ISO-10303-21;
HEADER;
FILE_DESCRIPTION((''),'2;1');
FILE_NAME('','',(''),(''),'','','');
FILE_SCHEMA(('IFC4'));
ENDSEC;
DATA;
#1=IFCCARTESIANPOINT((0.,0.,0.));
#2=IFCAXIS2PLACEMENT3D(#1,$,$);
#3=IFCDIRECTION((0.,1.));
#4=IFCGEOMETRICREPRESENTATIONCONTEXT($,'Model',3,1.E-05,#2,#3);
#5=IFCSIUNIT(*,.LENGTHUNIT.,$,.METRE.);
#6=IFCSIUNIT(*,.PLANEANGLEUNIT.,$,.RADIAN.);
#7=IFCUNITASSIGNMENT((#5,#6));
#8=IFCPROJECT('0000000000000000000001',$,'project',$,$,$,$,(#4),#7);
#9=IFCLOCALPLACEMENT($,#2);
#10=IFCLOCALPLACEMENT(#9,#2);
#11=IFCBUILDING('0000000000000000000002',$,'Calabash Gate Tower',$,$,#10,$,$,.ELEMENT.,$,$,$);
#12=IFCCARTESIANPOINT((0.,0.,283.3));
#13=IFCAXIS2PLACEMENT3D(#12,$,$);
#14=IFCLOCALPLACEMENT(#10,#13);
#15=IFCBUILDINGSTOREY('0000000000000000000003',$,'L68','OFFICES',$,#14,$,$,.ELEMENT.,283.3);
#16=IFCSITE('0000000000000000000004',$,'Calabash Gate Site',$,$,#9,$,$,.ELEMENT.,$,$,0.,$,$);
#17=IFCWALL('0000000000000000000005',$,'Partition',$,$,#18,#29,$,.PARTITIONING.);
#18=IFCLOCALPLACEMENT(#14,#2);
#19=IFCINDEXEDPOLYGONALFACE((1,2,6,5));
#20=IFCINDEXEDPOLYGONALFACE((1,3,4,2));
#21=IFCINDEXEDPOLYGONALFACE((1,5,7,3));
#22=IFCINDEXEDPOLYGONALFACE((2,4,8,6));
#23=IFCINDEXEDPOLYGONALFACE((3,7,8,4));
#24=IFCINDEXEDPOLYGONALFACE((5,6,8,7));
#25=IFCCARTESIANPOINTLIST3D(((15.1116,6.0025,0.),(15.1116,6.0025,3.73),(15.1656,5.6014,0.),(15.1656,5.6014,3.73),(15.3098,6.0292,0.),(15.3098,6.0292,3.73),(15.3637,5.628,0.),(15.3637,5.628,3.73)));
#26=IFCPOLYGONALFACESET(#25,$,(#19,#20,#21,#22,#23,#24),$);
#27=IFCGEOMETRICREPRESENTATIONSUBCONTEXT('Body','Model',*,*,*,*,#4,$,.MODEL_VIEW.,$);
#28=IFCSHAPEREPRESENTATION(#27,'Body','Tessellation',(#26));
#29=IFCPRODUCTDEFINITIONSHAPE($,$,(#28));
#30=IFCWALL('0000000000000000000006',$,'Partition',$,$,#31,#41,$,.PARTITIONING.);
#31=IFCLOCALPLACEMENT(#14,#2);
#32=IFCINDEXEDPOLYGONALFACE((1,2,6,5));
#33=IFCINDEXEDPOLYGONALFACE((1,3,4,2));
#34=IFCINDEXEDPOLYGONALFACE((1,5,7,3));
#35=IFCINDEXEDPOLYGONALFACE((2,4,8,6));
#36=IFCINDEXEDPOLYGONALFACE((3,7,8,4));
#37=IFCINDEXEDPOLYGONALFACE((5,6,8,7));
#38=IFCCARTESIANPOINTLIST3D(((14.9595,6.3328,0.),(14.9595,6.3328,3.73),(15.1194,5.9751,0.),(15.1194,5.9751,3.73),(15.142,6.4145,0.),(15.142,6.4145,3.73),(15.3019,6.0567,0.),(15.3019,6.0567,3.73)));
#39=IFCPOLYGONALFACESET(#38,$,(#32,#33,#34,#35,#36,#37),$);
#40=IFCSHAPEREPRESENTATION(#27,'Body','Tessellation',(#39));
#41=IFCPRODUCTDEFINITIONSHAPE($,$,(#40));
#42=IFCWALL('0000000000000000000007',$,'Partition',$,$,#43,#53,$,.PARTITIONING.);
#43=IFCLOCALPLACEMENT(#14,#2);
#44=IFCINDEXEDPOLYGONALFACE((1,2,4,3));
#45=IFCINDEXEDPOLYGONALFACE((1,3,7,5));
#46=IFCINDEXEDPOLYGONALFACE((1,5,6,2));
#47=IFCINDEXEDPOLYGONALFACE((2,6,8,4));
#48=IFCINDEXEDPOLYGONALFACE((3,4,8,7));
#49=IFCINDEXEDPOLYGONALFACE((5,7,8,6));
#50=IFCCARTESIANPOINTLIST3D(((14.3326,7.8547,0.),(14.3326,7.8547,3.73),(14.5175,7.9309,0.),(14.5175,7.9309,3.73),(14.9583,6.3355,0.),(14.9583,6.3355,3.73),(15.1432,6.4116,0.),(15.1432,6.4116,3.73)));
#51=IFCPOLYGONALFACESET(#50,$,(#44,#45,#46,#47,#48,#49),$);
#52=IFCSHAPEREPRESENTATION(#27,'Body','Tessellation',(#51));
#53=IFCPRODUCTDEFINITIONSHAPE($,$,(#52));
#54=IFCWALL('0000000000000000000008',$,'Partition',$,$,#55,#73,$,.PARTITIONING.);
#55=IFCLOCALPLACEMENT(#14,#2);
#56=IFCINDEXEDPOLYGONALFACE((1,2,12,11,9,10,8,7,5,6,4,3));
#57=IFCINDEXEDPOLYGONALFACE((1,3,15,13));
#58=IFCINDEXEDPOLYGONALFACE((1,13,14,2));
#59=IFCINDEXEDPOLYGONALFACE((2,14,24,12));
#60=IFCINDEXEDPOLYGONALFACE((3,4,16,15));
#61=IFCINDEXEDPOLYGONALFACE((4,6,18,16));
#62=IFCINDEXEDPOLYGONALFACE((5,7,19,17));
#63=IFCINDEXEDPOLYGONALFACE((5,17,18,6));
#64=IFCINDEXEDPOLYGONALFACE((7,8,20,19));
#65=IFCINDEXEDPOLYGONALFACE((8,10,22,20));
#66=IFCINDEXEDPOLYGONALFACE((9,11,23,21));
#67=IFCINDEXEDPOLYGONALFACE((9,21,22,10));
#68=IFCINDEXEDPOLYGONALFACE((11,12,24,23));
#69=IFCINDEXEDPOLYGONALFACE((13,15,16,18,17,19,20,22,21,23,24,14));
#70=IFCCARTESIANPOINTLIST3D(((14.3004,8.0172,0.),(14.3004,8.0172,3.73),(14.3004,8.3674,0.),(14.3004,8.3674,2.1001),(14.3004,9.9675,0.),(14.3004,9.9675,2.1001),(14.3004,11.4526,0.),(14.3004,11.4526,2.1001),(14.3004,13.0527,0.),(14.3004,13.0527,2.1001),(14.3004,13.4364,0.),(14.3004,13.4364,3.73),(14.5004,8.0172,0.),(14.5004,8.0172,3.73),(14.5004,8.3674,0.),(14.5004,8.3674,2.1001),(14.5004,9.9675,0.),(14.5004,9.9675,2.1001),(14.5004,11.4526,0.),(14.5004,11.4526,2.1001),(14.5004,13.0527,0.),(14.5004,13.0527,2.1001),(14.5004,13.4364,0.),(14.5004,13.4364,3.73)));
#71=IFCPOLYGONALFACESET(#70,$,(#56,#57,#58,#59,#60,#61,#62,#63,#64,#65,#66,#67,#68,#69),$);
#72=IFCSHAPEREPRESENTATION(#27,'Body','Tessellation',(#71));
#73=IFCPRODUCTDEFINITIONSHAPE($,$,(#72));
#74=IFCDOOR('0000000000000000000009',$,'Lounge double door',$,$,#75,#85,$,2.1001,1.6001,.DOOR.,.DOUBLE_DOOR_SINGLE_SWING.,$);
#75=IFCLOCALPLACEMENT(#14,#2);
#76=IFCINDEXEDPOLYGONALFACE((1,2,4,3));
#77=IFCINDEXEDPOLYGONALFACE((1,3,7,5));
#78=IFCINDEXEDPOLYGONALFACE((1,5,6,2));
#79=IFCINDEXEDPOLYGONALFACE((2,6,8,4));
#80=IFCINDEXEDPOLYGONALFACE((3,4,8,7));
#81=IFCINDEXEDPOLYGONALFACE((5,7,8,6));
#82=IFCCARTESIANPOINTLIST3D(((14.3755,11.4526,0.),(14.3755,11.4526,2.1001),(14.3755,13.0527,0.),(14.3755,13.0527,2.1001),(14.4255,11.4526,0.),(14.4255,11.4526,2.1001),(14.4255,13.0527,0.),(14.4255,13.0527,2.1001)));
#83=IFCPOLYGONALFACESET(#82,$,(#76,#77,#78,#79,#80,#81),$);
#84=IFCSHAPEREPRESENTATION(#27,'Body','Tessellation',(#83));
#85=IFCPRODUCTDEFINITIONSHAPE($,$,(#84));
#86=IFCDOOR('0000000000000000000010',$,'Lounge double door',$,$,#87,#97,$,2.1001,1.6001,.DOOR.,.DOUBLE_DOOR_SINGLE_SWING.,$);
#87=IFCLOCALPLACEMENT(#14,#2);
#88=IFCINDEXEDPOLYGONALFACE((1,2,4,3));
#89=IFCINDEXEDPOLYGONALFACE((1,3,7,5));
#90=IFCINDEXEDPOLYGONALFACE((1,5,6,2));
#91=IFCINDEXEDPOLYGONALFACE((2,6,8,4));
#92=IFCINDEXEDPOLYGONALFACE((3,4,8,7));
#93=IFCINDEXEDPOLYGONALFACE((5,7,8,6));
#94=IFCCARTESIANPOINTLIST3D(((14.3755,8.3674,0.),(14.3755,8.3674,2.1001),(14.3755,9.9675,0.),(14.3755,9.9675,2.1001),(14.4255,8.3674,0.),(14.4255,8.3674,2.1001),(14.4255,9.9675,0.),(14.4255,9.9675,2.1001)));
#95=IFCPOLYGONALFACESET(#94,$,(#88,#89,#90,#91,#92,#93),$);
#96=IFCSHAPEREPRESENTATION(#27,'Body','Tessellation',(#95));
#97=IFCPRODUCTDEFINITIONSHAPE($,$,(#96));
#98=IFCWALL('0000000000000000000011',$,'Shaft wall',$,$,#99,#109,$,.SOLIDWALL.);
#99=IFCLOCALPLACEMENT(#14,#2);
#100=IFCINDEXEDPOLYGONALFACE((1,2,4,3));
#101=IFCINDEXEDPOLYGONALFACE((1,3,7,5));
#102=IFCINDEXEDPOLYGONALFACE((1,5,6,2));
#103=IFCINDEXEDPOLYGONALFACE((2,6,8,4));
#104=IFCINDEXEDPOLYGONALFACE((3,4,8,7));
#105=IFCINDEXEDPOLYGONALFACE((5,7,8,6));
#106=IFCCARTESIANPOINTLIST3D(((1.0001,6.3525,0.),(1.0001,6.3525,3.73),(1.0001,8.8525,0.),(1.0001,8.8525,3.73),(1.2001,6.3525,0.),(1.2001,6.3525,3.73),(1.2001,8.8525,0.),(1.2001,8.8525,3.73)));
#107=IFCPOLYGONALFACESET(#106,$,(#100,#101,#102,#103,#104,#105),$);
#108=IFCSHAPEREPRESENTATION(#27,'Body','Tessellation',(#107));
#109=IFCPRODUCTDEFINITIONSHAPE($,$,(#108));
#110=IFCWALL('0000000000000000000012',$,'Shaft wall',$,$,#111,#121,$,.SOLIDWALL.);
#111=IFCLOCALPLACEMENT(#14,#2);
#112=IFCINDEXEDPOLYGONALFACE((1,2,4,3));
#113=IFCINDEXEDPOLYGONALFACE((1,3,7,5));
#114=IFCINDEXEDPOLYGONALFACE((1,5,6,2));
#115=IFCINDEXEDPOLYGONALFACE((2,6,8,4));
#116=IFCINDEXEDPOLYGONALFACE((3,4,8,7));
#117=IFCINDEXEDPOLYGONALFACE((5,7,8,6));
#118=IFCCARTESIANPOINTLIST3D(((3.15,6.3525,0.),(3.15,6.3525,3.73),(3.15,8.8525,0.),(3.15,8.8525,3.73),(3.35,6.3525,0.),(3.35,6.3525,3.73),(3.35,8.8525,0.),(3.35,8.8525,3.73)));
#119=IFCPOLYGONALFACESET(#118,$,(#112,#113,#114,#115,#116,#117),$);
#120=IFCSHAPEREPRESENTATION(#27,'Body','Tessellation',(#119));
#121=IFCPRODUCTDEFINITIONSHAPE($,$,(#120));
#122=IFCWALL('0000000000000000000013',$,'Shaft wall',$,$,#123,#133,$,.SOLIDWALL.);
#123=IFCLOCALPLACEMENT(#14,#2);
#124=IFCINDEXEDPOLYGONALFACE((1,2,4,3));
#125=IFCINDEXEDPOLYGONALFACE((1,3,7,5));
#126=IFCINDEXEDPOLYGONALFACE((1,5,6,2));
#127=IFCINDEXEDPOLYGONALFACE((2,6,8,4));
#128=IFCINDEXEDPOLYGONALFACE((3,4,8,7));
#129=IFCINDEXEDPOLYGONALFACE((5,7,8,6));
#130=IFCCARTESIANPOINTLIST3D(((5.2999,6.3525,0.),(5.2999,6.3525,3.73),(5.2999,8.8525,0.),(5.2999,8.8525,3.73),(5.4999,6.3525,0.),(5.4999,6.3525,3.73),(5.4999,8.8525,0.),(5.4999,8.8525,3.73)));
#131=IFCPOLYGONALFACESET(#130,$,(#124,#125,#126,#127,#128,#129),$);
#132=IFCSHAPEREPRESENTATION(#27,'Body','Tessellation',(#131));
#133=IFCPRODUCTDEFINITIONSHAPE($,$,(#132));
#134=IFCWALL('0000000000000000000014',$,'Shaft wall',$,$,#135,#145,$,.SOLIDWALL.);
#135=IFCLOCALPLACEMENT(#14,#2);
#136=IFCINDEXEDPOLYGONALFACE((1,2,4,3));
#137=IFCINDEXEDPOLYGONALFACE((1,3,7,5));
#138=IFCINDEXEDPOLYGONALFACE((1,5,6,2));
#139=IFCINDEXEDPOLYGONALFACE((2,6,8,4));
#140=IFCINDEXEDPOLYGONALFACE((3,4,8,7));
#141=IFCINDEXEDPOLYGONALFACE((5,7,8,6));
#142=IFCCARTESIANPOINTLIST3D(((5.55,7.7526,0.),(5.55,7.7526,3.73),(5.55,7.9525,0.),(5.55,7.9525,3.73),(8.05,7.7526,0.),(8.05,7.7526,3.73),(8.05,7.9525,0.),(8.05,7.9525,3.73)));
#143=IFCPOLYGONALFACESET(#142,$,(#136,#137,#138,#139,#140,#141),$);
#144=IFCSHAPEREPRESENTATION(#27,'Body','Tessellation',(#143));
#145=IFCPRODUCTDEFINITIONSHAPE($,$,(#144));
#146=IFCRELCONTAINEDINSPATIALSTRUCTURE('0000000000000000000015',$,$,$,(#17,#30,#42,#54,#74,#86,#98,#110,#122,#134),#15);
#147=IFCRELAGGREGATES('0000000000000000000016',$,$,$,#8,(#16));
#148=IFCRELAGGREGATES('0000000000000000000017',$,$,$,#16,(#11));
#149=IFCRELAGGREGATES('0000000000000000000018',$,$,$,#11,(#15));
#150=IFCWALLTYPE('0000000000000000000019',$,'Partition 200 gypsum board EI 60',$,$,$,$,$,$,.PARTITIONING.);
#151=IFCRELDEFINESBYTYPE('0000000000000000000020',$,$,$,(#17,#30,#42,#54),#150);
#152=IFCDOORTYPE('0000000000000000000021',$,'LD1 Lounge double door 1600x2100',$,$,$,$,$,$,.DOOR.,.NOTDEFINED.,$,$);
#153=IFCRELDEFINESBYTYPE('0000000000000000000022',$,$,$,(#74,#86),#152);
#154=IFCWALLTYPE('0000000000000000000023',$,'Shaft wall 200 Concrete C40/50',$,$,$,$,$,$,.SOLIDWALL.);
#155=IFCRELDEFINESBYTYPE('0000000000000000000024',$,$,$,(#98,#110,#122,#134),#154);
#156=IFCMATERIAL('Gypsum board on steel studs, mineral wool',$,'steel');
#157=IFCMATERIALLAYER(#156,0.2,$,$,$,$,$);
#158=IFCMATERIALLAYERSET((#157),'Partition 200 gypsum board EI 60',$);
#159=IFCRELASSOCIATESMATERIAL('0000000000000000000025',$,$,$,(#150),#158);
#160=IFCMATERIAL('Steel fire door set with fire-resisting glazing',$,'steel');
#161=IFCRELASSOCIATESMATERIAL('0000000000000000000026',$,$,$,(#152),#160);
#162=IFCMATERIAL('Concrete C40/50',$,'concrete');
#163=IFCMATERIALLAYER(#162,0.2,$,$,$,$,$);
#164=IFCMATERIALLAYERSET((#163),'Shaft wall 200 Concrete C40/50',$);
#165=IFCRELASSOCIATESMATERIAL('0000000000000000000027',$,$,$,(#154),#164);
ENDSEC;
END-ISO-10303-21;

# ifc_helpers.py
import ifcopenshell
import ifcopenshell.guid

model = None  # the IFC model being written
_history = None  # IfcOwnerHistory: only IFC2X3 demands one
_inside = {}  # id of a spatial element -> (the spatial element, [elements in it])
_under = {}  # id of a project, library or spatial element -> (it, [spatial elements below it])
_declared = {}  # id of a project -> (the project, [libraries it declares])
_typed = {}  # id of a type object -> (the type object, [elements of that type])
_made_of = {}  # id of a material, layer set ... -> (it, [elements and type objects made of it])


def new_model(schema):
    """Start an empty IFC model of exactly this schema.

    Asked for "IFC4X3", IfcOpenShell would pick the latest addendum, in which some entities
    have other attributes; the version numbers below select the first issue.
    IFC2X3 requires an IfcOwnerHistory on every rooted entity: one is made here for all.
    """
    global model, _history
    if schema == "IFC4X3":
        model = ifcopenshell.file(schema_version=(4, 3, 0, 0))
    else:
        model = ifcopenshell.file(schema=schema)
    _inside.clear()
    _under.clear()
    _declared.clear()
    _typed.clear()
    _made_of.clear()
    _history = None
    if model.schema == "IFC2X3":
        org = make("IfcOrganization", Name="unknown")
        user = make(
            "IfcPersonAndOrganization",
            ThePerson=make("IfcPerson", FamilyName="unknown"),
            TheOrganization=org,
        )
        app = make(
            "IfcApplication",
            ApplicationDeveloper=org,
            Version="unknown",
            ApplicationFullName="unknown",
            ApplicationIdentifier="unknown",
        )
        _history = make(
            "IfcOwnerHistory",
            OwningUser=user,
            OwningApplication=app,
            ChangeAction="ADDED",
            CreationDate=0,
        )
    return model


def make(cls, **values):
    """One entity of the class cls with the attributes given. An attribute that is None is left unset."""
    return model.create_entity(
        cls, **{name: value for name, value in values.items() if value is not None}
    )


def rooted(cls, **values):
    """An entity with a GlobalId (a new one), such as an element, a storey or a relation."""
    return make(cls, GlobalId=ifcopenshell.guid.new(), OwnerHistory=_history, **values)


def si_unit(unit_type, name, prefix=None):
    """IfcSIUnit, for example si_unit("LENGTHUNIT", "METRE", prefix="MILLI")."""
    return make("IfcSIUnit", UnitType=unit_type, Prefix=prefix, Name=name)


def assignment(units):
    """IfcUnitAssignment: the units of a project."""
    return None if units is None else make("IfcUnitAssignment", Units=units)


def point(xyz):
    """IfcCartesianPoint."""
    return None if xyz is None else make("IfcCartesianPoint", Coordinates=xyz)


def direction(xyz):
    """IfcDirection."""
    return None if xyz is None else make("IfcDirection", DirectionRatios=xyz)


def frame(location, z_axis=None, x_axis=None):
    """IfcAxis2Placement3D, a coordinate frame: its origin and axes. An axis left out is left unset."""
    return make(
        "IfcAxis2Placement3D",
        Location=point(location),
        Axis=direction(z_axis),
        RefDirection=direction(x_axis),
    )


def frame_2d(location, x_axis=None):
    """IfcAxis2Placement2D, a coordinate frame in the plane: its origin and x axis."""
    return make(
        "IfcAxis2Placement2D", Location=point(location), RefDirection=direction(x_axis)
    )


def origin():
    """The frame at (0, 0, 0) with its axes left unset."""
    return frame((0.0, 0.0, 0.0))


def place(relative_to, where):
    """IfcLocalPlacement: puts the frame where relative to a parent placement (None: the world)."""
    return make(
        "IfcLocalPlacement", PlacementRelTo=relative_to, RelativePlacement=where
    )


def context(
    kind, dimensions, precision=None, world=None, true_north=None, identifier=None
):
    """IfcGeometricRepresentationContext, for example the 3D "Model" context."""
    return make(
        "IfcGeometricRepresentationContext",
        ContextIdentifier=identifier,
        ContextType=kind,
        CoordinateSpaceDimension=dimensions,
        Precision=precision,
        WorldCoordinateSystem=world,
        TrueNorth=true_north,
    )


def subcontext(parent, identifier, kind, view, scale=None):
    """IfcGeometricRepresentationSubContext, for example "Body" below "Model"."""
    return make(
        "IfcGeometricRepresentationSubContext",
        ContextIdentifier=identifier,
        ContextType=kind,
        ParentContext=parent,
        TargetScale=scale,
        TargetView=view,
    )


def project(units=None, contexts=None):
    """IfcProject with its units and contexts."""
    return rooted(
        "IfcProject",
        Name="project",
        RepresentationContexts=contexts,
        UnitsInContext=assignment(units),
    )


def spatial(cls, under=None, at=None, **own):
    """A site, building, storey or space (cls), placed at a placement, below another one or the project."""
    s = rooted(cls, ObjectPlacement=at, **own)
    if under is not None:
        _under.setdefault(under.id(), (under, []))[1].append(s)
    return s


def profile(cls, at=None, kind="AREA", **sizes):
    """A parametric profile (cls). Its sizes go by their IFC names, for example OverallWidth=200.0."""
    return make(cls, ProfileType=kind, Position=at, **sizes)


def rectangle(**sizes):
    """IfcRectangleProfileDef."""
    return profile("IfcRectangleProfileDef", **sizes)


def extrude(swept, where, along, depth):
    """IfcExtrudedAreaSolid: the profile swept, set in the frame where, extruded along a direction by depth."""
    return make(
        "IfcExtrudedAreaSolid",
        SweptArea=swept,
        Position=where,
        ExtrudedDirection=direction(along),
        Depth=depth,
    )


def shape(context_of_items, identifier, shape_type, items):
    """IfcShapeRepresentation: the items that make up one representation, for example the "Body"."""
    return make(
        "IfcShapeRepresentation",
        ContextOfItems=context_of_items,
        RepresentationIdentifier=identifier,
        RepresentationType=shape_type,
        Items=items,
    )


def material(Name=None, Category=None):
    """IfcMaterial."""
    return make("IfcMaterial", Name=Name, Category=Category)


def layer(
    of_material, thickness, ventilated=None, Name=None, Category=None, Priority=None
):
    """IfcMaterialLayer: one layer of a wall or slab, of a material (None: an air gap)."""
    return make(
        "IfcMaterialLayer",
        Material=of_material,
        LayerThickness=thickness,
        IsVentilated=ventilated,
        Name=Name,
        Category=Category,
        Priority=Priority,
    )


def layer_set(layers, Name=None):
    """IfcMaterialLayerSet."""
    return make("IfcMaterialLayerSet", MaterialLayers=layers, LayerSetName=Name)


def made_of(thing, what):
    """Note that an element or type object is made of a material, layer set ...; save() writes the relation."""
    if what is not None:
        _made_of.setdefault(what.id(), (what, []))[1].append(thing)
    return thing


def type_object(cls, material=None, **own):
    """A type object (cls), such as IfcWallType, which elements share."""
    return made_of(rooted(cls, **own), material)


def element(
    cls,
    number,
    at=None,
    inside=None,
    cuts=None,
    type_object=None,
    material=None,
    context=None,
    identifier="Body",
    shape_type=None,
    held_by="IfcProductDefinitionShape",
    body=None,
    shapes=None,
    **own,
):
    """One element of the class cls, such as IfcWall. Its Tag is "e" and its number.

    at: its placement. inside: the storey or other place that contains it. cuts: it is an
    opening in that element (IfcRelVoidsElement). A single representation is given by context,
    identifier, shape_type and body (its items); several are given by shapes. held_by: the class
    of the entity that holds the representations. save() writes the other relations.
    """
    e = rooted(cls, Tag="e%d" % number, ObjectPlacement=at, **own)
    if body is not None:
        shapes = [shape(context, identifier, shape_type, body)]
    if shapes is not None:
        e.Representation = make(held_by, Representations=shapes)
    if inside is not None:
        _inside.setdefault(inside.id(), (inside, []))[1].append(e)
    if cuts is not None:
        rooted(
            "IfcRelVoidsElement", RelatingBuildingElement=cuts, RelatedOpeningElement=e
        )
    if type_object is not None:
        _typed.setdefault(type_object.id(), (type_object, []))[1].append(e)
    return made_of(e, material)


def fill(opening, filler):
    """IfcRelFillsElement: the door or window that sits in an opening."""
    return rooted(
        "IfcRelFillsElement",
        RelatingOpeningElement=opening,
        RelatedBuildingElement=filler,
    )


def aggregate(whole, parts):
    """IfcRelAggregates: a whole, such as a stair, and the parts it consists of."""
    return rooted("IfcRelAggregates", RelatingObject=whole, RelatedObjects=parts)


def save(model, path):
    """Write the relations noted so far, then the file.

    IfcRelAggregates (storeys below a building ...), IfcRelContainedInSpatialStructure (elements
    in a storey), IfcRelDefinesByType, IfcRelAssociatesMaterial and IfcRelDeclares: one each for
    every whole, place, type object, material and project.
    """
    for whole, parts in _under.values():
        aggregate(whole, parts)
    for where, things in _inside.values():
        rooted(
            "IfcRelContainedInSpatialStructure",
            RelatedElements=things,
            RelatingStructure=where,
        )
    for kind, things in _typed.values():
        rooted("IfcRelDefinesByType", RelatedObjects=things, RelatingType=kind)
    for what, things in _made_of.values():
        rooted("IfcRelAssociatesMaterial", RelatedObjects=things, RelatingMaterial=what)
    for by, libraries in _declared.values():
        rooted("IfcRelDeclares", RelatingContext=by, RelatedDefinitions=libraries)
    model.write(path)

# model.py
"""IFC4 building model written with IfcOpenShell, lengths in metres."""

from ifc_helpers import new_model, si_unit, direction, frame, frame_2d, origin, place, context, subcontext, project, spatial, rectangle, extrude, material, layer, layer_set, type_object, element, fill, save


model = new_model("IFC4")

# Units and contexts
model_context = context("Model", 3, precision=1e-05, world=origin(), true_north=direction((0.0, 1.0)))
body_context = subcontext(model_context, "Body", "Model", "MODEL_VIEW")
ifc_project = project(units=[si_unit("LENGTHUNIT", "METRE"), si_unit("PLANEANGLEUNIT", "RADIAN")], contexts=[model_context])

# Site, building, storey
site_placement = place(None, origin())
site = spatial("IfcSite", under=ifc_project, at=site_placement, Name="Calabash Gate Site", CompositionType="ELEMENT", RefElevation=0.0)
building_placement = place(site_placement, origin())
building = spatial("IfcBuilding", under=site, at=building_placement, Name="Calabash Gate Tower", CompositionType="ELEMENT")
storey_placement = place(building_placement, frame((0.0, 0.0, 283.3)))
storey = spatial("IfcBuildingStorey", under=building, at=storey_placement, Name="L68", Description="OFFICES", CompositionType="ELEMENT", Elevation=283.3)

# Walls
ifc_material_1 = material(Name="Gypsum board on steel studs, mineral wool", Category="steel")
ifc_layer_1 = layer(ifc_material_1, 0.2)
ifc_layer_set_1 = layer_set([ifc_layer_1], Name="Partition 200 gypsum board EI 60")
wall_type_1 = type_object("IfcWallType", Name="Partition 200 gypsum board EI 60", PredefinedType="PARTITIONING", material=ifc_layer_set_1)
wall_1_placement = place(storey_placement, frame((15.2107, 6.0159, 0.0), z_axis=(0.0, 0.0, 1.0), x_axis=(0.133309, -0.991074, 0.0)))
element("IfcWall", 1, at=wall_1_placement, inside=storey, type_object=wall_type_1, Name="Partition", PredefinedType="PARTITIONING", context=body_context, shape_type="SweptSolid", body=[
    extrude(rectangle(XDim=0.4048, YDim=0.2, at=frame_2d((0.2024, 0.0))), origin(), (0.0, 0.0, 1.0), 3.73),
])
wall_2_placement = place(storey_placement, frame((15.0508, 6.3735, 0.0), z_axis=(0.0, 0.0, 1.0), x_axis=(0.408161, -0.91291, 0.0)))
element("IfcWall", 2, at=wall_2_placement, inside=storey, type_object=wall_type_1, Name="Partition", PredefinedType="PARTITIONING", context=body_context, shape_type="SweptSolid", body=[
    extrude(rectangle(XDim=0.3918, YDim=0.2, at=frame_2d((0.1958, 0.0))), origin(), (0.0, 0.0, 1.0), 3.73),
])
wall_3_placement = place(storey_placement, frame((14.425, 7.8928, 0.0), z_axis=(0.0, 0.0, 1.0), x_axis=(0.380825, -0.924647, 0.0)))
element("IfcWall", 3, at=wall_3_placement, inside=storey, type_object=wall_type_1, Name="Partition", PredefinedType="PARTITIONING", context=body_context, shape_type="SweptSolid", body=[
    extrude(rectangle(XDim=1.6431, YDim=0.2, at=frame_2d((0.8215, 0.0))), origin(), (0.0, 0.0, 1.0), 3.73),
])

# Wall, openings, doors
wall_4_placement = place(storey_placement, frame((14.4004, 8.0173, 0.0), z_axis=(0.0, 0.0, 1.0), x_axis=(0.0, 1.0, 0.0)))
wall_4 = element("IfcWall", 4, at=wall_4_placement, inside=storey, type_object=wall_type_1, Name="Partition", PredefinedType="PARTITIONING", context=body_context, shape_type="SweptSolid", body=[
    extrude(rectangle(XDim=5.4192, YDim=0.2, at=frame_2d((2.7095, 0.0))), origin(), (0.0, 0.0, 1.0), 3.73),
])
opening_1_placement = place(wall_4_placement, frame((3.4353, 0.0, 0.0)))
opening_1 = element("IfcOpeningElement", 5, at=opening_1_placement, cuts=wall_4, PredefinedType="OPENING", context=body_context, shape_type="SweptSolid", body=[
    extrude(rectangle(XDim=1.6001, YDim=2.1001, at=frame_2d((0.8, 1.05))), frame((0.0, 0.1099, 0.0), z_axis=(0.0, -1.0, 0.0), x_axis=(1.0, 0.0, 0.0)), (0.0, 0.0, 1.0), 0.22),
])
opening_2_placement = place(wall_4_placement, frame((0.3501, 0.0, 0.0)))
opening_2 = element("IfcOpeningElement", 6, at=opening_2_placement, cuts=wall_4, PredefinedType="OPENING", context=body_context, shape_type="SweptSolid", body=[
    extrude(rectangle(XDim=1.6001, YDim=2.1001, at=frame_2d((0.8, 1.05))), frame((0.0, 0.1099, 0.0), z_axis=(0.0, -1.0, 0.0), x_axis=(1.0, 0.0, 0.0)), (0.0, 0.0, 1.0), 0.22),
])
ifc_material_2 = material(Name="Steel fire door set with fire-resisting glazing", Category="steel")
door_type_1 = type_object("IfcDoorType", Name="LD1 Lounge double door 1600x2100", OperationType="NOTDEFINED", PredefinedType="DOOR", material=ifc_material_2)
door_1_placement = place(opening_1_placement, origin())
door_1 = element("IfcDoor", 7, at=door_1_placement, inside=storey, type_object=door_type_1, Name="Lounge double door", OperationType="DOUBLE_DOOR_SINGLE_SWING", OverallHeight=2.1001, OverallWidth=1.6001, PredefinedType="DOOR", context=body_context, shape_type="SweptSolid", body=[
    extrude(rectangle(XDim=1.6001, YDim=2.1001, at=frame_2d((0.8, 1.05))), frame((0.0, 0.0249, 0.0), z_axis=(0.0, -1.0, 0.0), x_axis=(1.0, 0.0, 0.0)), (0.0, 0.0, 1.0), 0.05),
])
fill(opening_1, door_1)
door_2_placement = place(opening_2_placement, origin())
door_2 = element("IfcDoor", 8, at=door_2_placement, inside=storey, type_object=door_type_1, Name="Lounge double door", OperationType="DOUBLE_DOOR_SINGLE_SWING", OverallHeight=2.1001, OverallWidth=1.6001, PredefinedType="DOOR", context=body_context, shape_type="SweptSolid", body=[
    extrude(rectangle(XDim=1.6001, YDim=2.1001, at=frame_2d((0.8, 1.05))), frame((0.0, 0.0249, 0.0), z_axis=(0.0, -1.0, 0.0), x_axis=(1.0, 0.0, 0.0)), (0.0, 0.0, 1.0), 0.05),
])
fill(opening_2, door_2)

# Walls
ifc_material_3 = material(Name="Concrete C40/50", Category="concrete")
ifc_layer_2 = layer(ifc_material_3, 0.2)
ifc_layer_set_2 = layer_set([ifc_layer_2], Name="Shaft wall 200 Concrete C40/50")
wall_type_2 = type_object("IfcWallType", Name="Shaft wall 200 Concrete C40/50", PredefinedType="SOLIDWALL", material=ifc_layer_set_2)
for number, where, z_axis, x_axis, name in (
    (9, (1.1001, 6.3525, 0.0), (0.0, 0.0, 1.0), (0.0, 1.0, 0.0), "Shaft wall"),
    (10, (3.25, 6.3525, 0.0), (0.0, 0.0, 1.0), (0.0, 1.0, 0.0), "Shaft wall"),
    (11, (5.3999, 6.3525, 0.0), (0.0, 0.0, 1.0), (0.0, 1.0, 0.0), "Shaft wall"),
    (12, (5.55, 7.8525, 0.0), (0.0, 0.0, 1.0), (1.0, 0.0, 0.0), "Shaft wall"),
):
    element("IfcWall", number, at=place(storey_placement, frame(where, z_axis=z_axis, x_axis=x_axis)), inside=storey, type_object=wall_type_2, Name=name, PredefinedType="SOLIDWALL", context=body_context, shape_type="SweptSolid", body=[
        extrude(rectangle(XDim=2.5, YDim=0.2, at=frame_2d((1.25, 0.0))), origin(), (0.0, 0.0, 1.0), 3.73),
    ])

save(model, "model.ifc")
